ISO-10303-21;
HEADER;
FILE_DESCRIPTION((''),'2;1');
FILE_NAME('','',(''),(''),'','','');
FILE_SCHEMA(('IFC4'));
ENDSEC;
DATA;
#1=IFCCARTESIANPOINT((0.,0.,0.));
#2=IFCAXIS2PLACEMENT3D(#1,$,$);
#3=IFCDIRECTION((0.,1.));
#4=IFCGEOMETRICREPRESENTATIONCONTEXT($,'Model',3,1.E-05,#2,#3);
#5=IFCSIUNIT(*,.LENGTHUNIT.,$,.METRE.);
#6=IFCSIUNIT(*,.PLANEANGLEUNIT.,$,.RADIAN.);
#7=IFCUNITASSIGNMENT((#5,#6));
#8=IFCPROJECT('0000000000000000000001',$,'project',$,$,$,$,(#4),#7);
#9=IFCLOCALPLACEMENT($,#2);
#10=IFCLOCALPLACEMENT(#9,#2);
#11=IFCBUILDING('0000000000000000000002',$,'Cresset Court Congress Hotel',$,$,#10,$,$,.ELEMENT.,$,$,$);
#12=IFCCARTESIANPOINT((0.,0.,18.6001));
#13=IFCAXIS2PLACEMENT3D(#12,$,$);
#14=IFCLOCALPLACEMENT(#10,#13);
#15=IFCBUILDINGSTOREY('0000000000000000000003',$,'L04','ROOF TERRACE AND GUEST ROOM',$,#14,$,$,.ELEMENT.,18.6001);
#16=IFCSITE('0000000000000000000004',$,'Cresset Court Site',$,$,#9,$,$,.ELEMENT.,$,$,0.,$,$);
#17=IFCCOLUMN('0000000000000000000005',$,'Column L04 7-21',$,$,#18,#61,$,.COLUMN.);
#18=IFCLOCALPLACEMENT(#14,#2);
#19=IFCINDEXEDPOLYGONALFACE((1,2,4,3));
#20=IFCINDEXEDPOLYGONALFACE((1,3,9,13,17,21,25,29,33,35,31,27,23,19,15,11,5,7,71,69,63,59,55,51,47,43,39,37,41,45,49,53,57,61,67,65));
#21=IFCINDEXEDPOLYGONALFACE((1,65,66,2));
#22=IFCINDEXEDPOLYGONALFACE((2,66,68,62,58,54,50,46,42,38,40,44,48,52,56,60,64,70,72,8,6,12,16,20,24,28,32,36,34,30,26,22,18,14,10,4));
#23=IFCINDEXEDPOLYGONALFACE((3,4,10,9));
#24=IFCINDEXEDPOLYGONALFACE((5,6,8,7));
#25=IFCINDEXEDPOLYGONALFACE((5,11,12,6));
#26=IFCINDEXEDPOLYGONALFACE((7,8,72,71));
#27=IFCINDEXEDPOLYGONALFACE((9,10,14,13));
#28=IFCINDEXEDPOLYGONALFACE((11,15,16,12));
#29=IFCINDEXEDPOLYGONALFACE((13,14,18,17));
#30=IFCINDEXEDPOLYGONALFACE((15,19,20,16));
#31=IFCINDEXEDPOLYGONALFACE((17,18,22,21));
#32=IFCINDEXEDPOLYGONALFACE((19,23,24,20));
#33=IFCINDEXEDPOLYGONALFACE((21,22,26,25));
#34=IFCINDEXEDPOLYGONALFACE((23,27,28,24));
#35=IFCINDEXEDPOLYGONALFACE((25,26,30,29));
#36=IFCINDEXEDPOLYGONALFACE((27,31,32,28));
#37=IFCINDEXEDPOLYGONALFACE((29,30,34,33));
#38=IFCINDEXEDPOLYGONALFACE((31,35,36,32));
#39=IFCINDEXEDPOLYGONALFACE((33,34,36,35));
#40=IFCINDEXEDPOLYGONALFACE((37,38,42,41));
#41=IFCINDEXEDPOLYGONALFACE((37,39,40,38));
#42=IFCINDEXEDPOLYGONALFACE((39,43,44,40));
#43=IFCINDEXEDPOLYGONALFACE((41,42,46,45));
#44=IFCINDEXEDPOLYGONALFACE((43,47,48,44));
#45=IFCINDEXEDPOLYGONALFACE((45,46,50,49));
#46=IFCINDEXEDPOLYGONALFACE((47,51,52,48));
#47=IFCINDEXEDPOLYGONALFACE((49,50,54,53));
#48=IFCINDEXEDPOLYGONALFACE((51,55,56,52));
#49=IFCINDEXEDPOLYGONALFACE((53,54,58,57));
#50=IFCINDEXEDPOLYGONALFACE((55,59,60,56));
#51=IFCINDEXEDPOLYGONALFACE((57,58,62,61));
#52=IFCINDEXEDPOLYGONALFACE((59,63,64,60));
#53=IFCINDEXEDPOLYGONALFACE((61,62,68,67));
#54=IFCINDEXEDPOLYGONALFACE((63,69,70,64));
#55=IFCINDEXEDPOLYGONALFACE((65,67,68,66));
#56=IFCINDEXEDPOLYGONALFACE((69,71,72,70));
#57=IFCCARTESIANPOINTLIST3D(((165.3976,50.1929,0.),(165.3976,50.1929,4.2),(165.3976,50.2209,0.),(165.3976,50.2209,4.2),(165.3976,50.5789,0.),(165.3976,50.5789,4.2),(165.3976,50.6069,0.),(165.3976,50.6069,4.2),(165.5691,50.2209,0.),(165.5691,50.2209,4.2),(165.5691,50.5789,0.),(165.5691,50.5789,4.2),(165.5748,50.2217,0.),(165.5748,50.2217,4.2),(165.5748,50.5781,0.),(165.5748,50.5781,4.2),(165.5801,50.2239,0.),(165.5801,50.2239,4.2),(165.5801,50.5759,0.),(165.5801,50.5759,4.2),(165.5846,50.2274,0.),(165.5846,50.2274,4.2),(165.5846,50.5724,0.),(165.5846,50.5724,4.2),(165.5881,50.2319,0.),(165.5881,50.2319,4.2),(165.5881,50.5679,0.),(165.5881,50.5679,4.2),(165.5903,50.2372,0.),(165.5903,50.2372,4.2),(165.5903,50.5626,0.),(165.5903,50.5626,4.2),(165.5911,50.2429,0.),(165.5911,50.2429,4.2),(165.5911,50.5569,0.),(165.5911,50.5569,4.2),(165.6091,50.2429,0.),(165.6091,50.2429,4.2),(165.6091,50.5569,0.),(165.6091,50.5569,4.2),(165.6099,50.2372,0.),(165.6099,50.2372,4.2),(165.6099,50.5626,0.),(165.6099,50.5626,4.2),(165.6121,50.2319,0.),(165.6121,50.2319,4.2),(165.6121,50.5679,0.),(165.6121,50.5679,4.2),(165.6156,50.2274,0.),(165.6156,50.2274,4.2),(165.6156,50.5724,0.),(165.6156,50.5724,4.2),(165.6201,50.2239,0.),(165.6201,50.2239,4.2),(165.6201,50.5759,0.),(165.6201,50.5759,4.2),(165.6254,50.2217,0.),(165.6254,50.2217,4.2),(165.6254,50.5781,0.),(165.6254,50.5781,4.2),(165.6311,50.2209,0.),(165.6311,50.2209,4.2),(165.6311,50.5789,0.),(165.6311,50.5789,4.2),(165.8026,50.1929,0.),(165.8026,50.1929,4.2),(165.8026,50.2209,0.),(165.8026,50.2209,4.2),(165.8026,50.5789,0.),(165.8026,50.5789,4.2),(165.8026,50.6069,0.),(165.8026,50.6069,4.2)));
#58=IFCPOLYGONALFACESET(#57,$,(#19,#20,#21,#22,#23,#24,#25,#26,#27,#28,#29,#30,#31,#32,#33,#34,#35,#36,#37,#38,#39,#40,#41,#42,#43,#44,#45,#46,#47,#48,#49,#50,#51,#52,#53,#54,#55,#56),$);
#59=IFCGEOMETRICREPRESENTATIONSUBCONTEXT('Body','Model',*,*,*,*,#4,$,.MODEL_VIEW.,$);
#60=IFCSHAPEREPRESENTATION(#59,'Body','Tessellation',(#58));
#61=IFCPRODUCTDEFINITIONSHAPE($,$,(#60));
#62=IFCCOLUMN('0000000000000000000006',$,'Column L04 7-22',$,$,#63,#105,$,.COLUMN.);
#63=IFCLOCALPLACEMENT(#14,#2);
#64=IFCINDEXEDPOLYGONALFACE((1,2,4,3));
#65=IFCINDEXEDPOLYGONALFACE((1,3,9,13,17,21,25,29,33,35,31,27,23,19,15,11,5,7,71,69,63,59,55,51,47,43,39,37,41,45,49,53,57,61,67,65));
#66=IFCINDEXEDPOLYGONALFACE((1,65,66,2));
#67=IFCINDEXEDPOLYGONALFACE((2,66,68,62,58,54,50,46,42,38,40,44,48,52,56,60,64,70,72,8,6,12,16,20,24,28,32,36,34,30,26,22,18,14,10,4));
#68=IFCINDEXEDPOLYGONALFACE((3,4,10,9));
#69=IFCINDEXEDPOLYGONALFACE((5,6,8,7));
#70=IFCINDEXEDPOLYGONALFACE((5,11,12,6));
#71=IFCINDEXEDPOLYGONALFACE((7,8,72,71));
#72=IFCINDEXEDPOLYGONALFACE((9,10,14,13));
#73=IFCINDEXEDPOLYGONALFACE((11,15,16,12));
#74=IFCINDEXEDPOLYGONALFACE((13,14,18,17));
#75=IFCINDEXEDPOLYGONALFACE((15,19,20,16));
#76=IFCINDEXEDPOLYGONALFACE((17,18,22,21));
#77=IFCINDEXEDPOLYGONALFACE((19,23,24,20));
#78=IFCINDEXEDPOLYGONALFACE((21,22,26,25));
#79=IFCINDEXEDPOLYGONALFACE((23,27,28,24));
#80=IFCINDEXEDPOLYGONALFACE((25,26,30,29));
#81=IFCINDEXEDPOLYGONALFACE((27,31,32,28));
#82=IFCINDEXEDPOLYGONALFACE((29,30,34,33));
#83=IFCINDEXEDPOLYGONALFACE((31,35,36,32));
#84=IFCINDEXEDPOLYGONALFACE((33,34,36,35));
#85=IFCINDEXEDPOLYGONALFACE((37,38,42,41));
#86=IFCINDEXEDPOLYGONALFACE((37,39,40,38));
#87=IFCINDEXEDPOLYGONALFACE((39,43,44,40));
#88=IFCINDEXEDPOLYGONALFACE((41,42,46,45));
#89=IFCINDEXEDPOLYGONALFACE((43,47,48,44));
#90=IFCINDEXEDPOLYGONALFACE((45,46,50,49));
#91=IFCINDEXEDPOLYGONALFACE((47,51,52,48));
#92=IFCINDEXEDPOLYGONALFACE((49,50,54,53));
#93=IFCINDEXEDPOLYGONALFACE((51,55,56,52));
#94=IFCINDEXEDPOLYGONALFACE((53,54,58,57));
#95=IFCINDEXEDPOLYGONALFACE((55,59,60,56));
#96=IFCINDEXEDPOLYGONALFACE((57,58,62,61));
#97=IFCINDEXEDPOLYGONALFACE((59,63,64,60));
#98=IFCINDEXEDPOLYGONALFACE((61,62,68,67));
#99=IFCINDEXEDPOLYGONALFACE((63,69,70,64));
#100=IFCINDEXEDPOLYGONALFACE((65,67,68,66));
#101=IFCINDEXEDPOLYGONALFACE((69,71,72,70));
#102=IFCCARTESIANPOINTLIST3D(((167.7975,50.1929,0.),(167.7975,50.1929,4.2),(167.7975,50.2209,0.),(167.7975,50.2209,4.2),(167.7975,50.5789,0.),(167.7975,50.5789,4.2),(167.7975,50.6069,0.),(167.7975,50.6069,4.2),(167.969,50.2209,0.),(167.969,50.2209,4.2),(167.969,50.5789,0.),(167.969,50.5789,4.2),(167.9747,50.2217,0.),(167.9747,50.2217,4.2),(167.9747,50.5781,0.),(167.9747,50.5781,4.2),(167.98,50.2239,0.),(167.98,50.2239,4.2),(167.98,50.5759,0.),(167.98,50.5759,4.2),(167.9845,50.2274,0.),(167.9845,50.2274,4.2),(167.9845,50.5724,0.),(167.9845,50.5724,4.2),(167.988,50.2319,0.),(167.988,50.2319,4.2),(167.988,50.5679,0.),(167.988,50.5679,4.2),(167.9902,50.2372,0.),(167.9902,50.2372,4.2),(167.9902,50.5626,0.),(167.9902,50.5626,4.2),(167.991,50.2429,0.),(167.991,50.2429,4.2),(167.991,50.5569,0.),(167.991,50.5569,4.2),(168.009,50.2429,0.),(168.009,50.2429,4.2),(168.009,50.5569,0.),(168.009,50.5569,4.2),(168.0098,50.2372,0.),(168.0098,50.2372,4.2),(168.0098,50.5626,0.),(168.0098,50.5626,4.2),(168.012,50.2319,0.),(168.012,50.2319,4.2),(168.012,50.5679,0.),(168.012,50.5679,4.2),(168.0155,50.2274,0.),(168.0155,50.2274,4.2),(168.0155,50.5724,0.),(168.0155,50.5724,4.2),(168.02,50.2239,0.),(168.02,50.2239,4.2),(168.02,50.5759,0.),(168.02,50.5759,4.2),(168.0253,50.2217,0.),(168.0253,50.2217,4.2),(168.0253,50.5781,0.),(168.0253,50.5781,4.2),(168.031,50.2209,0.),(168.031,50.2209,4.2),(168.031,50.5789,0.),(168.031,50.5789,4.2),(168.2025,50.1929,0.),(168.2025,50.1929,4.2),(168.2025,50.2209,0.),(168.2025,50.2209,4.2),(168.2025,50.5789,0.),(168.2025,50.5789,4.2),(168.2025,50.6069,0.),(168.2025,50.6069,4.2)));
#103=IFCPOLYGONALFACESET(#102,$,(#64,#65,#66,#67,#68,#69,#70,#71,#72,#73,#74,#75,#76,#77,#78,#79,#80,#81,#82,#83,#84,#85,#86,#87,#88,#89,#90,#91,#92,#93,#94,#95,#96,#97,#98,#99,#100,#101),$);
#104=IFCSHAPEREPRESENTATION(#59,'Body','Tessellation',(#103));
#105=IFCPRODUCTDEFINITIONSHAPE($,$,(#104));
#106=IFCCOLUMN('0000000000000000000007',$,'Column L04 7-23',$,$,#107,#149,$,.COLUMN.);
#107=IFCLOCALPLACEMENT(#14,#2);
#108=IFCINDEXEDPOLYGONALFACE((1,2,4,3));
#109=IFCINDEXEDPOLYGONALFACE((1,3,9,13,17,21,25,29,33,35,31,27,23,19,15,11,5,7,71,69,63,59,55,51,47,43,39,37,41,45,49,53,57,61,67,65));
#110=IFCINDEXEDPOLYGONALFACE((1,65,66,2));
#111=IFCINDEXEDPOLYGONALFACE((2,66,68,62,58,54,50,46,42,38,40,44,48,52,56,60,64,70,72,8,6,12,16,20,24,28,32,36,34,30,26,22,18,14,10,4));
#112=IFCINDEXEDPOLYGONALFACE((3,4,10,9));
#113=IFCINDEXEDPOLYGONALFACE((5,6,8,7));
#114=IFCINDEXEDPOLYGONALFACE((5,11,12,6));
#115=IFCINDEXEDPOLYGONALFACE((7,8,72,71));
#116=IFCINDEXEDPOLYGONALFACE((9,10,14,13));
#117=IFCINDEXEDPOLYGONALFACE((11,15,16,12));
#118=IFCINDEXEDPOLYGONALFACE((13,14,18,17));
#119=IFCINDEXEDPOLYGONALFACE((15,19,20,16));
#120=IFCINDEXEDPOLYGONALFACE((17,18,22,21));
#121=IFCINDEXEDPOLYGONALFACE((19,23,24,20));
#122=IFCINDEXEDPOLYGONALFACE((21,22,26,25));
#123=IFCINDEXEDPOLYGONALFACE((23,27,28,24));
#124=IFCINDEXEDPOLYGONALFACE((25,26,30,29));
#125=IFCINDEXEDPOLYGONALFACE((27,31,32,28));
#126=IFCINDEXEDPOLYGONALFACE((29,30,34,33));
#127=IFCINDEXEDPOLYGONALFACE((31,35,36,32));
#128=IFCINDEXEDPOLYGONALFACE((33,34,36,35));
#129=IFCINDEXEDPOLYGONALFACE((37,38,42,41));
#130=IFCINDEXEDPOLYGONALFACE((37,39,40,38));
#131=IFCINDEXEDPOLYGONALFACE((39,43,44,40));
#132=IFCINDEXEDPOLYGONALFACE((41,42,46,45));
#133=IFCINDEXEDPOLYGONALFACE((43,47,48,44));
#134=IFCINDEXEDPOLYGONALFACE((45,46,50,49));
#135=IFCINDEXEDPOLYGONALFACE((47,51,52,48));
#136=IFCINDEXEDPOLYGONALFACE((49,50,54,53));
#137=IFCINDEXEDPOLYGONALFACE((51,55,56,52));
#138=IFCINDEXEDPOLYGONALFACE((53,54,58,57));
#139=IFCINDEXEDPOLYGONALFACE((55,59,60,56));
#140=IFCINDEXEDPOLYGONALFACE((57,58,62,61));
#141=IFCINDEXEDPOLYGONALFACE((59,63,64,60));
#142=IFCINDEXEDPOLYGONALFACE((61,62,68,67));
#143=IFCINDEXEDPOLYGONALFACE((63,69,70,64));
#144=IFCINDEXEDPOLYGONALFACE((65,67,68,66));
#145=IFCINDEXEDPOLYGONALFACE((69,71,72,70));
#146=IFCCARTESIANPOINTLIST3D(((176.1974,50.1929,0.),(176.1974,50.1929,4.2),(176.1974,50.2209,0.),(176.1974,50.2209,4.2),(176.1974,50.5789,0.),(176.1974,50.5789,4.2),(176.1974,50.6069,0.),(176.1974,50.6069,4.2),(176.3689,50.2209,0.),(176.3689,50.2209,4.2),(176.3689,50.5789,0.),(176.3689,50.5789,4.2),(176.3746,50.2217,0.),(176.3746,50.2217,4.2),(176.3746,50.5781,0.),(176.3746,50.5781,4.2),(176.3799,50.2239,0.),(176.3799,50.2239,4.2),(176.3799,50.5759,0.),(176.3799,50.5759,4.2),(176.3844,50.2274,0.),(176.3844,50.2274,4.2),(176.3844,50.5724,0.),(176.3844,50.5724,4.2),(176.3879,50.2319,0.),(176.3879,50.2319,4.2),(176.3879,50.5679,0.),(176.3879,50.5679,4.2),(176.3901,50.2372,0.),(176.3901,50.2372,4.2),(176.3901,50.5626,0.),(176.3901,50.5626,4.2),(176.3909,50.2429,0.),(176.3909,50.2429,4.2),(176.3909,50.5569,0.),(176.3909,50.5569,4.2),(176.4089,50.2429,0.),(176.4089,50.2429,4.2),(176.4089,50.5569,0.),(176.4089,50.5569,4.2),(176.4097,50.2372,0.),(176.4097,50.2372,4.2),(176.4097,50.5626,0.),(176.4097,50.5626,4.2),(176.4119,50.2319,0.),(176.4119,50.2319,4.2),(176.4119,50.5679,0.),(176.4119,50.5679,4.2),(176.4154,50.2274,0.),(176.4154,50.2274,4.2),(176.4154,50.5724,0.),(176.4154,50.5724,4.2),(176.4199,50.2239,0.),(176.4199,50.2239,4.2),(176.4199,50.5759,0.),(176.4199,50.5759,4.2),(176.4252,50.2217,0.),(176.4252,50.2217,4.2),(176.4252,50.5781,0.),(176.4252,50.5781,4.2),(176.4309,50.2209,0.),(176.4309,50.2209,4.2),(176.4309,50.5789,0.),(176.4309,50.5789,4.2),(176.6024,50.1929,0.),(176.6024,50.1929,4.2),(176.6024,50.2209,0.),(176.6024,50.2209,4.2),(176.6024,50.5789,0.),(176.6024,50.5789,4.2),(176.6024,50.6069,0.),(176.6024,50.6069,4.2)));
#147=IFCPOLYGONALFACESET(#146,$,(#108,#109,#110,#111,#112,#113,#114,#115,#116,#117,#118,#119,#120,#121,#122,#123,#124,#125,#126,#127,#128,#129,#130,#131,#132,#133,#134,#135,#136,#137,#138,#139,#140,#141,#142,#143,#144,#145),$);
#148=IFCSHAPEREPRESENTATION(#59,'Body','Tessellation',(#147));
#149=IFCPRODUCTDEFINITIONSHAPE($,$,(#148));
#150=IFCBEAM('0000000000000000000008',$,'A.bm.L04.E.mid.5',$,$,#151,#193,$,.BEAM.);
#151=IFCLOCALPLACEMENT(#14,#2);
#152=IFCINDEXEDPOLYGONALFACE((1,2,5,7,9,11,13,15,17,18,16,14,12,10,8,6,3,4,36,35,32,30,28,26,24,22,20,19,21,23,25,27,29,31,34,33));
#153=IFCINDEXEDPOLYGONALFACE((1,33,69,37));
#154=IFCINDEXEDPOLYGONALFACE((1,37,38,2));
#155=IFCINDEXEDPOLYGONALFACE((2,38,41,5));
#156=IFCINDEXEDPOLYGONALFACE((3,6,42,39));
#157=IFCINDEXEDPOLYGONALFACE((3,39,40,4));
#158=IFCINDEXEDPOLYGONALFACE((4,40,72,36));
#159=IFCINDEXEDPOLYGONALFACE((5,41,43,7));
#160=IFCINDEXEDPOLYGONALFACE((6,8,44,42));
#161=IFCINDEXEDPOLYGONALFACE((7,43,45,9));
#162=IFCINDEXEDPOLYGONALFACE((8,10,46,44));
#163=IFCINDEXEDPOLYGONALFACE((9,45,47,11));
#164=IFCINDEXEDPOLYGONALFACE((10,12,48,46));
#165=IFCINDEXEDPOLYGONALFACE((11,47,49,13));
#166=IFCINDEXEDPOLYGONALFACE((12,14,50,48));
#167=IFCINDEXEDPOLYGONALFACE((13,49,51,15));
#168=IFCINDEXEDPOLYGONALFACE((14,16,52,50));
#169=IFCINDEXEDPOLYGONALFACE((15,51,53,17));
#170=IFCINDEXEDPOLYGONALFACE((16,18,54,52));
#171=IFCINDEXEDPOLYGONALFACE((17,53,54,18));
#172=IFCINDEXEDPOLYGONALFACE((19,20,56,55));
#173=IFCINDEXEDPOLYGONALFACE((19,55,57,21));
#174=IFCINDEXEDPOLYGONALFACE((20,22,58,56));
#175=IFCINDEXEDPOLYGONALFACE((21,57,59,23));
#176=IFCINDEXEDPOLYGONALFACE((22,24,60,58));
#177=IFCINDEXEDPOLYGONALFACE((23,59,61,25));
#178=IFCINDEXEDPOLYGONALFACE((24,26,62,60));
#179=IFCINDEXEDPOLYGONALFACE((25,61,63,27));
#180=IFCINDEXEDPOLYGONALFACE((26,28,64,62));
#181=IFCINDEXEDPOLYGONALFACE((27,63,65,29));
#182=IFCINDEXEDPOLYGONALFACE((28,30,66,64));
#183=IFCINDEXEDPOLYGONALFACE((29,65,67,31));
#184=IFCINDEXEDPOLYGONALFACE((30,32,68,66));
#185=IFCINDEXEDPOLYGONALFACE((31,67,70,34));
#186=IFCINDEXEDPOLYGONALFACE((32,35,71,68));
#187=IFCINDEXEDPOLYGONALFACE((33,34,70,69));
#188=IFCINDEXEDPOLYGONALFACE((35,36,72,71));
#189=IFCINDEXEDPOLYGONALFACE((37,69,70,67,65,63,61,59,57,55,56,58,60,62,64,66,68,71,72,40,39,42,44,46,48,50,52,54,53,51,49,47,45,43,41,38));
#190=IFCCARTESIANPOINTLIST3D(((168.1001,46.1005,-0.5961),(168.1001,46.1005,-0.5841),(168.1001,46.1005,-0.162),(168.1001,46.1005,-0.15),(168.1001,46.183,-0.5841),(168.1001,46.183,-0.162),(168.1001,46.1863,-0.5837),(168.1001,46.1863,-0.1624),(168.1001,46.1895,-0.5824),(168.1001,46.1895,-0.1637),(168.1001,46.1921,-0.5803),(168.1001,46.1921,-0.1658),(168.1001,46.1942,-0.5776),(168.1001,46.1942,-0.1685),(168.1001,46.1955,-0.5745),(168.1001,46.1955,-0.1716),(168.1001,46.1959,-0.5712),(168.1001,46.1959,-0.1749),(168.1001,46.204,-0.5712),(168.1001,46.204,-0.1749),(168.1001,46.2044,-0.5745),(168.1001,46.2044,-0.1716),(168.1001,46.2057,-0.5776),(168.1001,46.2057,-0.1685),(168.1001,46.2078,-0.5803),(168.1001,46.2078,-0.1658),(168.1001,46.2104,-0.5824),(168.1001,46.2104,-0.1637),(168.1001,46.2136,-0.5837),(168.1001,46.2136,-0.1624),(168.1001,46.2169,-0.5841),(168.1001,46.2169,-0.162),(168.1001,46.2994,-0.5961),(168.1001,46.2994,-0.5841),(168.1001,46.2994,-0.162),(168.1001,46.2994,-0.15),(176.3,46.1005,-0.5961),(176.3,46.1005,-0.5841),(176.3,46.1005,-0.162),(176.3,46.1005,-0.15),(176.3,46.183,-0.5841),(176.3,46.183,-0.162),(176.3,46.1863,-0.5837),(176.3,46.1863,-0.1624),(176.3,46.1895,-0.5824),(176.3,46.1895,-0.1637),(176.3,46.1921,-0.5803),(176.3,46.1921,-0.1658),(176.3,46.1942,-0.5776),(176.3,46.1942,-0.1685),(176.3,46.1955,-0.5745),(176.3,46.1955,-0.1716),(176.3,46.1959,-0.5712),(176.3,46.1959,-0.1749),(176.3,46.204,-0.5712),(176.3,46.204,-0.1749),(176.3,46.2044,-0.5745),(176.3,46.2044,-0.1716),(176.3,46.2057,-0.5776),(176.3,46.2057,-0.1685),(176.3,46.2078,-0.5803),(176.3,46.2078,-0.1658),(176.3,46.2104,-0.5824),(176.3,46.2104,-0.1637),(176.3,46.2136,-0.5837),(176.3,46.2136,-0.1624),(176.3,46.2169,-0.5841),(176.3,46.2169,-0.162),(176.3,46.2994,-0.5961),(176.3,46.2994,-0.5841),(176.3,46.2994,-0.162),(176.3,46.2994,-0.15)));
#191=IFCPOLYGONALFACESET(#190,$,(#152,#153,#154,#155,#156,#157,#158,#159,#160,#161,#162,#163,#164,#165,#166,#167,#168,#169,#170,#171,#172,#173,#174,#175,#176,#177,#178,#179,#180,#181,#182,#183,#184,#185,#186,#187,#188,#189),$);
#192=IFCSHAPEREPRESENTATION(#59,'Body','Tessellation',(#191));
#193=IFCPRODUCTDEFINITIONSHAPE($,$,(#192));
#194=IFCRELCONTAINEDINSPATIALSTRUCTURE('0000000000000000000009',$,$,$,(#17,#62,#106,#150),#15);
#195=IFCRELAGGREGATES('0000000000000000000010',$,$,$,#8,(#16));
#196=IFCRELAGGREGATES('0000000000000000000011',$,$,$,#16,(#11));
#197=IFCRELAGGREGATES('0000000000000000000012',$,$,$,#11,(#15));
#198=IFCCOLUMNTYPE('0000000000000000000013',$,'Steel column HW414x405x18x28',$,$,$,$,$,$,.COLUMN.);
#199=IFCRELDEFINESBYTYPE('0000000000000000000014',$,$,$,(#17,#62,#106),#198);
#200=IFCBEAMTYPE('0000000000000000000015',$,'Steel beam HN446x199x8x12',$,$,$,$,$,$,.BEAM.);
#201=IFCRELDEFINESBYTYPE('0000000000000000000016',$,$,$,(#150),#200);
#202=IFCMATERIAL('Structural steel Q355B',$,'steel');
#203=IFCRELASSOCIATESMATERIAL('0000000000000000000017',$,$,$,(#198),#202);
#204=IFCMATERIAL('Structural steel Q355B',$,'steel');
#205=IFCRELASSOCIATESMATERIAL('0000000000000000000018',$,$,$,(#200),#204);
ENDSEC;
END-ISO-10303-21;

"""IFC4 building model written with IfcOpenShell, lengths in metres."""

from ifc_helpers import new_model, si_unit, direction, frame, origin, origin_2d, place, context, subcontext, project, spatial, i_section, extrude, material, material_profile, profile_set, type_object, element, save


model = new_model("IFC4")

# Units and contexts
model_context = context("Model", 3, precision=1e-05, world=origin(), true_north=direction((0.0, 1.0)))
body_context = subcontext(model_context, "Body", "Model", "MODEL_VIEW")
ifc_project = project(units=[si_unit("LENGTHUNIT", "METRE"), si_unit("PLANEANGLEUNIT", "RADIAN")], contexts=[model_context])

# Site, building, storey
site_placement = place(None, origin())
site = spatial("IfcSite", under=ifc_project, at=site_placement, Name="Cresset Court Site", CompositionType="ELEMENT", RefElevation=0.0)
building_placement = place(site_placement, origin())
building = spatial("IfcBuilding", under=site, at=building_placement, Name="Cresset Court Congress Hotel", CompositionType="ELEMENT")
storey_placement = place(building_placement, frame((0.0, 0.0, 18.6001)))
storey = spatial("IfcBuildingStorey", under=building, at=storey_placement, Name="L04", Description="ROOF TERRACE AND GUEST ROOM", CompositionType="ELEMENT", Elevation=18.6001)

# Columns
ifc_material_1 = material(Name="Structural steel Q355B", Category="steel")
ifc_material_profile_1 = material_profile(ifc_material_1, i_section(OverallWidth=0.405, OverallDepth=0.4141, WebThickness=0.0181, FlangeThickness=0.0281, FilletRadius=0.022, at=origin_2d()), Name="HW414x405x18x28")
ifc_profile_set_1 = profile_set([ifc_material_profile_1], Name="Structural steel Q355B")
column_type = type_object("IfcColumnType", Name="Steel column HW414x405x18x28", PredefinedType="COLUMN", material=ifc_profile_set_1)
for number, where, z_axis, x_axis, name in (
    (1, (165.6001, 50.3999, 0.0), (0.0, 0.0, 1.0), (1.0, 0.0, 0.0), "Column L04 7-21"),
    (2, (168.0, 50.3999, 0.0), (0.0, 0.0, 1.0), (1.0, 0.0, 0.0), "Column L04 7-22"),
    (3, (176.3999, 50.3999, 0.0), (0.0, 0.0, 1.0), (1.0, 0.0, 0.0), "Column L04 7-23"),
):
    element("IfcColumn", number, at=place(storey_placement, frame(where, z_axis=z_axis, x_axis=x_axis)), inside=storey, type_object=column_type, Name=name, PredefinedType="COLUMN", context=body_context, shape_type="SweptSolid", body=[
        extrude(i_section(OverallWidth=0.405, OverallDepth=0.4141, WebThickness=0.0181, FlangeThickness=0.0281, FilletRadius=0.022, at=origin_2d()), origin(), (0.0, 0.0, 1.0), 4.2),
    ])

# Beam
ifc_material_2 = material(Name="Structural steel Q355B", Category="steel")
ifc_material_profile_2 = material_profile(ifc_material_2, i_section(OverallWidth=0.199, OverallDepth=0.446, WebThickness=0.0081, FlangeThickness=0.012, FilletRadius=0.0129, at=origin_2d()), Name="HN446x199x8x12")
ifc_profile_set_2 = profile_set([ifc_material_profile_2], Name="Structural steel Q355B")
beam_type_1 = type_object("IfcBeamType", Name="Steel beam HN446x199x8x12", PredefinedType="BEAM", material=ifc_profile_set_2)
beam_1_placement = place(storey_placement, frame((168.1001, 46.2, -0.373), z_axis=(1.0, 0.0, 0.0), x_axis=(0.0, 1.0, 0.0)))
element("IfcBeam", 4, at=beam_1_placement, inside=storey, type_object=beam_type_1, Name="A.bm.L04.E.mid.5", PredefinedType="BEAM", context=body_context, shape_type="SweptSolid", body=[
    extrude(i_section(OverallWidth=0.199, OverallDepth=0.446, WebThickness=0.0081, FlangeThickness=0.012, FilletRadius=0.0129, at=origin_2d()), origin(), (0.0, 0.0, 1.0), 8.2),
])

save(model, "model.ifc")
